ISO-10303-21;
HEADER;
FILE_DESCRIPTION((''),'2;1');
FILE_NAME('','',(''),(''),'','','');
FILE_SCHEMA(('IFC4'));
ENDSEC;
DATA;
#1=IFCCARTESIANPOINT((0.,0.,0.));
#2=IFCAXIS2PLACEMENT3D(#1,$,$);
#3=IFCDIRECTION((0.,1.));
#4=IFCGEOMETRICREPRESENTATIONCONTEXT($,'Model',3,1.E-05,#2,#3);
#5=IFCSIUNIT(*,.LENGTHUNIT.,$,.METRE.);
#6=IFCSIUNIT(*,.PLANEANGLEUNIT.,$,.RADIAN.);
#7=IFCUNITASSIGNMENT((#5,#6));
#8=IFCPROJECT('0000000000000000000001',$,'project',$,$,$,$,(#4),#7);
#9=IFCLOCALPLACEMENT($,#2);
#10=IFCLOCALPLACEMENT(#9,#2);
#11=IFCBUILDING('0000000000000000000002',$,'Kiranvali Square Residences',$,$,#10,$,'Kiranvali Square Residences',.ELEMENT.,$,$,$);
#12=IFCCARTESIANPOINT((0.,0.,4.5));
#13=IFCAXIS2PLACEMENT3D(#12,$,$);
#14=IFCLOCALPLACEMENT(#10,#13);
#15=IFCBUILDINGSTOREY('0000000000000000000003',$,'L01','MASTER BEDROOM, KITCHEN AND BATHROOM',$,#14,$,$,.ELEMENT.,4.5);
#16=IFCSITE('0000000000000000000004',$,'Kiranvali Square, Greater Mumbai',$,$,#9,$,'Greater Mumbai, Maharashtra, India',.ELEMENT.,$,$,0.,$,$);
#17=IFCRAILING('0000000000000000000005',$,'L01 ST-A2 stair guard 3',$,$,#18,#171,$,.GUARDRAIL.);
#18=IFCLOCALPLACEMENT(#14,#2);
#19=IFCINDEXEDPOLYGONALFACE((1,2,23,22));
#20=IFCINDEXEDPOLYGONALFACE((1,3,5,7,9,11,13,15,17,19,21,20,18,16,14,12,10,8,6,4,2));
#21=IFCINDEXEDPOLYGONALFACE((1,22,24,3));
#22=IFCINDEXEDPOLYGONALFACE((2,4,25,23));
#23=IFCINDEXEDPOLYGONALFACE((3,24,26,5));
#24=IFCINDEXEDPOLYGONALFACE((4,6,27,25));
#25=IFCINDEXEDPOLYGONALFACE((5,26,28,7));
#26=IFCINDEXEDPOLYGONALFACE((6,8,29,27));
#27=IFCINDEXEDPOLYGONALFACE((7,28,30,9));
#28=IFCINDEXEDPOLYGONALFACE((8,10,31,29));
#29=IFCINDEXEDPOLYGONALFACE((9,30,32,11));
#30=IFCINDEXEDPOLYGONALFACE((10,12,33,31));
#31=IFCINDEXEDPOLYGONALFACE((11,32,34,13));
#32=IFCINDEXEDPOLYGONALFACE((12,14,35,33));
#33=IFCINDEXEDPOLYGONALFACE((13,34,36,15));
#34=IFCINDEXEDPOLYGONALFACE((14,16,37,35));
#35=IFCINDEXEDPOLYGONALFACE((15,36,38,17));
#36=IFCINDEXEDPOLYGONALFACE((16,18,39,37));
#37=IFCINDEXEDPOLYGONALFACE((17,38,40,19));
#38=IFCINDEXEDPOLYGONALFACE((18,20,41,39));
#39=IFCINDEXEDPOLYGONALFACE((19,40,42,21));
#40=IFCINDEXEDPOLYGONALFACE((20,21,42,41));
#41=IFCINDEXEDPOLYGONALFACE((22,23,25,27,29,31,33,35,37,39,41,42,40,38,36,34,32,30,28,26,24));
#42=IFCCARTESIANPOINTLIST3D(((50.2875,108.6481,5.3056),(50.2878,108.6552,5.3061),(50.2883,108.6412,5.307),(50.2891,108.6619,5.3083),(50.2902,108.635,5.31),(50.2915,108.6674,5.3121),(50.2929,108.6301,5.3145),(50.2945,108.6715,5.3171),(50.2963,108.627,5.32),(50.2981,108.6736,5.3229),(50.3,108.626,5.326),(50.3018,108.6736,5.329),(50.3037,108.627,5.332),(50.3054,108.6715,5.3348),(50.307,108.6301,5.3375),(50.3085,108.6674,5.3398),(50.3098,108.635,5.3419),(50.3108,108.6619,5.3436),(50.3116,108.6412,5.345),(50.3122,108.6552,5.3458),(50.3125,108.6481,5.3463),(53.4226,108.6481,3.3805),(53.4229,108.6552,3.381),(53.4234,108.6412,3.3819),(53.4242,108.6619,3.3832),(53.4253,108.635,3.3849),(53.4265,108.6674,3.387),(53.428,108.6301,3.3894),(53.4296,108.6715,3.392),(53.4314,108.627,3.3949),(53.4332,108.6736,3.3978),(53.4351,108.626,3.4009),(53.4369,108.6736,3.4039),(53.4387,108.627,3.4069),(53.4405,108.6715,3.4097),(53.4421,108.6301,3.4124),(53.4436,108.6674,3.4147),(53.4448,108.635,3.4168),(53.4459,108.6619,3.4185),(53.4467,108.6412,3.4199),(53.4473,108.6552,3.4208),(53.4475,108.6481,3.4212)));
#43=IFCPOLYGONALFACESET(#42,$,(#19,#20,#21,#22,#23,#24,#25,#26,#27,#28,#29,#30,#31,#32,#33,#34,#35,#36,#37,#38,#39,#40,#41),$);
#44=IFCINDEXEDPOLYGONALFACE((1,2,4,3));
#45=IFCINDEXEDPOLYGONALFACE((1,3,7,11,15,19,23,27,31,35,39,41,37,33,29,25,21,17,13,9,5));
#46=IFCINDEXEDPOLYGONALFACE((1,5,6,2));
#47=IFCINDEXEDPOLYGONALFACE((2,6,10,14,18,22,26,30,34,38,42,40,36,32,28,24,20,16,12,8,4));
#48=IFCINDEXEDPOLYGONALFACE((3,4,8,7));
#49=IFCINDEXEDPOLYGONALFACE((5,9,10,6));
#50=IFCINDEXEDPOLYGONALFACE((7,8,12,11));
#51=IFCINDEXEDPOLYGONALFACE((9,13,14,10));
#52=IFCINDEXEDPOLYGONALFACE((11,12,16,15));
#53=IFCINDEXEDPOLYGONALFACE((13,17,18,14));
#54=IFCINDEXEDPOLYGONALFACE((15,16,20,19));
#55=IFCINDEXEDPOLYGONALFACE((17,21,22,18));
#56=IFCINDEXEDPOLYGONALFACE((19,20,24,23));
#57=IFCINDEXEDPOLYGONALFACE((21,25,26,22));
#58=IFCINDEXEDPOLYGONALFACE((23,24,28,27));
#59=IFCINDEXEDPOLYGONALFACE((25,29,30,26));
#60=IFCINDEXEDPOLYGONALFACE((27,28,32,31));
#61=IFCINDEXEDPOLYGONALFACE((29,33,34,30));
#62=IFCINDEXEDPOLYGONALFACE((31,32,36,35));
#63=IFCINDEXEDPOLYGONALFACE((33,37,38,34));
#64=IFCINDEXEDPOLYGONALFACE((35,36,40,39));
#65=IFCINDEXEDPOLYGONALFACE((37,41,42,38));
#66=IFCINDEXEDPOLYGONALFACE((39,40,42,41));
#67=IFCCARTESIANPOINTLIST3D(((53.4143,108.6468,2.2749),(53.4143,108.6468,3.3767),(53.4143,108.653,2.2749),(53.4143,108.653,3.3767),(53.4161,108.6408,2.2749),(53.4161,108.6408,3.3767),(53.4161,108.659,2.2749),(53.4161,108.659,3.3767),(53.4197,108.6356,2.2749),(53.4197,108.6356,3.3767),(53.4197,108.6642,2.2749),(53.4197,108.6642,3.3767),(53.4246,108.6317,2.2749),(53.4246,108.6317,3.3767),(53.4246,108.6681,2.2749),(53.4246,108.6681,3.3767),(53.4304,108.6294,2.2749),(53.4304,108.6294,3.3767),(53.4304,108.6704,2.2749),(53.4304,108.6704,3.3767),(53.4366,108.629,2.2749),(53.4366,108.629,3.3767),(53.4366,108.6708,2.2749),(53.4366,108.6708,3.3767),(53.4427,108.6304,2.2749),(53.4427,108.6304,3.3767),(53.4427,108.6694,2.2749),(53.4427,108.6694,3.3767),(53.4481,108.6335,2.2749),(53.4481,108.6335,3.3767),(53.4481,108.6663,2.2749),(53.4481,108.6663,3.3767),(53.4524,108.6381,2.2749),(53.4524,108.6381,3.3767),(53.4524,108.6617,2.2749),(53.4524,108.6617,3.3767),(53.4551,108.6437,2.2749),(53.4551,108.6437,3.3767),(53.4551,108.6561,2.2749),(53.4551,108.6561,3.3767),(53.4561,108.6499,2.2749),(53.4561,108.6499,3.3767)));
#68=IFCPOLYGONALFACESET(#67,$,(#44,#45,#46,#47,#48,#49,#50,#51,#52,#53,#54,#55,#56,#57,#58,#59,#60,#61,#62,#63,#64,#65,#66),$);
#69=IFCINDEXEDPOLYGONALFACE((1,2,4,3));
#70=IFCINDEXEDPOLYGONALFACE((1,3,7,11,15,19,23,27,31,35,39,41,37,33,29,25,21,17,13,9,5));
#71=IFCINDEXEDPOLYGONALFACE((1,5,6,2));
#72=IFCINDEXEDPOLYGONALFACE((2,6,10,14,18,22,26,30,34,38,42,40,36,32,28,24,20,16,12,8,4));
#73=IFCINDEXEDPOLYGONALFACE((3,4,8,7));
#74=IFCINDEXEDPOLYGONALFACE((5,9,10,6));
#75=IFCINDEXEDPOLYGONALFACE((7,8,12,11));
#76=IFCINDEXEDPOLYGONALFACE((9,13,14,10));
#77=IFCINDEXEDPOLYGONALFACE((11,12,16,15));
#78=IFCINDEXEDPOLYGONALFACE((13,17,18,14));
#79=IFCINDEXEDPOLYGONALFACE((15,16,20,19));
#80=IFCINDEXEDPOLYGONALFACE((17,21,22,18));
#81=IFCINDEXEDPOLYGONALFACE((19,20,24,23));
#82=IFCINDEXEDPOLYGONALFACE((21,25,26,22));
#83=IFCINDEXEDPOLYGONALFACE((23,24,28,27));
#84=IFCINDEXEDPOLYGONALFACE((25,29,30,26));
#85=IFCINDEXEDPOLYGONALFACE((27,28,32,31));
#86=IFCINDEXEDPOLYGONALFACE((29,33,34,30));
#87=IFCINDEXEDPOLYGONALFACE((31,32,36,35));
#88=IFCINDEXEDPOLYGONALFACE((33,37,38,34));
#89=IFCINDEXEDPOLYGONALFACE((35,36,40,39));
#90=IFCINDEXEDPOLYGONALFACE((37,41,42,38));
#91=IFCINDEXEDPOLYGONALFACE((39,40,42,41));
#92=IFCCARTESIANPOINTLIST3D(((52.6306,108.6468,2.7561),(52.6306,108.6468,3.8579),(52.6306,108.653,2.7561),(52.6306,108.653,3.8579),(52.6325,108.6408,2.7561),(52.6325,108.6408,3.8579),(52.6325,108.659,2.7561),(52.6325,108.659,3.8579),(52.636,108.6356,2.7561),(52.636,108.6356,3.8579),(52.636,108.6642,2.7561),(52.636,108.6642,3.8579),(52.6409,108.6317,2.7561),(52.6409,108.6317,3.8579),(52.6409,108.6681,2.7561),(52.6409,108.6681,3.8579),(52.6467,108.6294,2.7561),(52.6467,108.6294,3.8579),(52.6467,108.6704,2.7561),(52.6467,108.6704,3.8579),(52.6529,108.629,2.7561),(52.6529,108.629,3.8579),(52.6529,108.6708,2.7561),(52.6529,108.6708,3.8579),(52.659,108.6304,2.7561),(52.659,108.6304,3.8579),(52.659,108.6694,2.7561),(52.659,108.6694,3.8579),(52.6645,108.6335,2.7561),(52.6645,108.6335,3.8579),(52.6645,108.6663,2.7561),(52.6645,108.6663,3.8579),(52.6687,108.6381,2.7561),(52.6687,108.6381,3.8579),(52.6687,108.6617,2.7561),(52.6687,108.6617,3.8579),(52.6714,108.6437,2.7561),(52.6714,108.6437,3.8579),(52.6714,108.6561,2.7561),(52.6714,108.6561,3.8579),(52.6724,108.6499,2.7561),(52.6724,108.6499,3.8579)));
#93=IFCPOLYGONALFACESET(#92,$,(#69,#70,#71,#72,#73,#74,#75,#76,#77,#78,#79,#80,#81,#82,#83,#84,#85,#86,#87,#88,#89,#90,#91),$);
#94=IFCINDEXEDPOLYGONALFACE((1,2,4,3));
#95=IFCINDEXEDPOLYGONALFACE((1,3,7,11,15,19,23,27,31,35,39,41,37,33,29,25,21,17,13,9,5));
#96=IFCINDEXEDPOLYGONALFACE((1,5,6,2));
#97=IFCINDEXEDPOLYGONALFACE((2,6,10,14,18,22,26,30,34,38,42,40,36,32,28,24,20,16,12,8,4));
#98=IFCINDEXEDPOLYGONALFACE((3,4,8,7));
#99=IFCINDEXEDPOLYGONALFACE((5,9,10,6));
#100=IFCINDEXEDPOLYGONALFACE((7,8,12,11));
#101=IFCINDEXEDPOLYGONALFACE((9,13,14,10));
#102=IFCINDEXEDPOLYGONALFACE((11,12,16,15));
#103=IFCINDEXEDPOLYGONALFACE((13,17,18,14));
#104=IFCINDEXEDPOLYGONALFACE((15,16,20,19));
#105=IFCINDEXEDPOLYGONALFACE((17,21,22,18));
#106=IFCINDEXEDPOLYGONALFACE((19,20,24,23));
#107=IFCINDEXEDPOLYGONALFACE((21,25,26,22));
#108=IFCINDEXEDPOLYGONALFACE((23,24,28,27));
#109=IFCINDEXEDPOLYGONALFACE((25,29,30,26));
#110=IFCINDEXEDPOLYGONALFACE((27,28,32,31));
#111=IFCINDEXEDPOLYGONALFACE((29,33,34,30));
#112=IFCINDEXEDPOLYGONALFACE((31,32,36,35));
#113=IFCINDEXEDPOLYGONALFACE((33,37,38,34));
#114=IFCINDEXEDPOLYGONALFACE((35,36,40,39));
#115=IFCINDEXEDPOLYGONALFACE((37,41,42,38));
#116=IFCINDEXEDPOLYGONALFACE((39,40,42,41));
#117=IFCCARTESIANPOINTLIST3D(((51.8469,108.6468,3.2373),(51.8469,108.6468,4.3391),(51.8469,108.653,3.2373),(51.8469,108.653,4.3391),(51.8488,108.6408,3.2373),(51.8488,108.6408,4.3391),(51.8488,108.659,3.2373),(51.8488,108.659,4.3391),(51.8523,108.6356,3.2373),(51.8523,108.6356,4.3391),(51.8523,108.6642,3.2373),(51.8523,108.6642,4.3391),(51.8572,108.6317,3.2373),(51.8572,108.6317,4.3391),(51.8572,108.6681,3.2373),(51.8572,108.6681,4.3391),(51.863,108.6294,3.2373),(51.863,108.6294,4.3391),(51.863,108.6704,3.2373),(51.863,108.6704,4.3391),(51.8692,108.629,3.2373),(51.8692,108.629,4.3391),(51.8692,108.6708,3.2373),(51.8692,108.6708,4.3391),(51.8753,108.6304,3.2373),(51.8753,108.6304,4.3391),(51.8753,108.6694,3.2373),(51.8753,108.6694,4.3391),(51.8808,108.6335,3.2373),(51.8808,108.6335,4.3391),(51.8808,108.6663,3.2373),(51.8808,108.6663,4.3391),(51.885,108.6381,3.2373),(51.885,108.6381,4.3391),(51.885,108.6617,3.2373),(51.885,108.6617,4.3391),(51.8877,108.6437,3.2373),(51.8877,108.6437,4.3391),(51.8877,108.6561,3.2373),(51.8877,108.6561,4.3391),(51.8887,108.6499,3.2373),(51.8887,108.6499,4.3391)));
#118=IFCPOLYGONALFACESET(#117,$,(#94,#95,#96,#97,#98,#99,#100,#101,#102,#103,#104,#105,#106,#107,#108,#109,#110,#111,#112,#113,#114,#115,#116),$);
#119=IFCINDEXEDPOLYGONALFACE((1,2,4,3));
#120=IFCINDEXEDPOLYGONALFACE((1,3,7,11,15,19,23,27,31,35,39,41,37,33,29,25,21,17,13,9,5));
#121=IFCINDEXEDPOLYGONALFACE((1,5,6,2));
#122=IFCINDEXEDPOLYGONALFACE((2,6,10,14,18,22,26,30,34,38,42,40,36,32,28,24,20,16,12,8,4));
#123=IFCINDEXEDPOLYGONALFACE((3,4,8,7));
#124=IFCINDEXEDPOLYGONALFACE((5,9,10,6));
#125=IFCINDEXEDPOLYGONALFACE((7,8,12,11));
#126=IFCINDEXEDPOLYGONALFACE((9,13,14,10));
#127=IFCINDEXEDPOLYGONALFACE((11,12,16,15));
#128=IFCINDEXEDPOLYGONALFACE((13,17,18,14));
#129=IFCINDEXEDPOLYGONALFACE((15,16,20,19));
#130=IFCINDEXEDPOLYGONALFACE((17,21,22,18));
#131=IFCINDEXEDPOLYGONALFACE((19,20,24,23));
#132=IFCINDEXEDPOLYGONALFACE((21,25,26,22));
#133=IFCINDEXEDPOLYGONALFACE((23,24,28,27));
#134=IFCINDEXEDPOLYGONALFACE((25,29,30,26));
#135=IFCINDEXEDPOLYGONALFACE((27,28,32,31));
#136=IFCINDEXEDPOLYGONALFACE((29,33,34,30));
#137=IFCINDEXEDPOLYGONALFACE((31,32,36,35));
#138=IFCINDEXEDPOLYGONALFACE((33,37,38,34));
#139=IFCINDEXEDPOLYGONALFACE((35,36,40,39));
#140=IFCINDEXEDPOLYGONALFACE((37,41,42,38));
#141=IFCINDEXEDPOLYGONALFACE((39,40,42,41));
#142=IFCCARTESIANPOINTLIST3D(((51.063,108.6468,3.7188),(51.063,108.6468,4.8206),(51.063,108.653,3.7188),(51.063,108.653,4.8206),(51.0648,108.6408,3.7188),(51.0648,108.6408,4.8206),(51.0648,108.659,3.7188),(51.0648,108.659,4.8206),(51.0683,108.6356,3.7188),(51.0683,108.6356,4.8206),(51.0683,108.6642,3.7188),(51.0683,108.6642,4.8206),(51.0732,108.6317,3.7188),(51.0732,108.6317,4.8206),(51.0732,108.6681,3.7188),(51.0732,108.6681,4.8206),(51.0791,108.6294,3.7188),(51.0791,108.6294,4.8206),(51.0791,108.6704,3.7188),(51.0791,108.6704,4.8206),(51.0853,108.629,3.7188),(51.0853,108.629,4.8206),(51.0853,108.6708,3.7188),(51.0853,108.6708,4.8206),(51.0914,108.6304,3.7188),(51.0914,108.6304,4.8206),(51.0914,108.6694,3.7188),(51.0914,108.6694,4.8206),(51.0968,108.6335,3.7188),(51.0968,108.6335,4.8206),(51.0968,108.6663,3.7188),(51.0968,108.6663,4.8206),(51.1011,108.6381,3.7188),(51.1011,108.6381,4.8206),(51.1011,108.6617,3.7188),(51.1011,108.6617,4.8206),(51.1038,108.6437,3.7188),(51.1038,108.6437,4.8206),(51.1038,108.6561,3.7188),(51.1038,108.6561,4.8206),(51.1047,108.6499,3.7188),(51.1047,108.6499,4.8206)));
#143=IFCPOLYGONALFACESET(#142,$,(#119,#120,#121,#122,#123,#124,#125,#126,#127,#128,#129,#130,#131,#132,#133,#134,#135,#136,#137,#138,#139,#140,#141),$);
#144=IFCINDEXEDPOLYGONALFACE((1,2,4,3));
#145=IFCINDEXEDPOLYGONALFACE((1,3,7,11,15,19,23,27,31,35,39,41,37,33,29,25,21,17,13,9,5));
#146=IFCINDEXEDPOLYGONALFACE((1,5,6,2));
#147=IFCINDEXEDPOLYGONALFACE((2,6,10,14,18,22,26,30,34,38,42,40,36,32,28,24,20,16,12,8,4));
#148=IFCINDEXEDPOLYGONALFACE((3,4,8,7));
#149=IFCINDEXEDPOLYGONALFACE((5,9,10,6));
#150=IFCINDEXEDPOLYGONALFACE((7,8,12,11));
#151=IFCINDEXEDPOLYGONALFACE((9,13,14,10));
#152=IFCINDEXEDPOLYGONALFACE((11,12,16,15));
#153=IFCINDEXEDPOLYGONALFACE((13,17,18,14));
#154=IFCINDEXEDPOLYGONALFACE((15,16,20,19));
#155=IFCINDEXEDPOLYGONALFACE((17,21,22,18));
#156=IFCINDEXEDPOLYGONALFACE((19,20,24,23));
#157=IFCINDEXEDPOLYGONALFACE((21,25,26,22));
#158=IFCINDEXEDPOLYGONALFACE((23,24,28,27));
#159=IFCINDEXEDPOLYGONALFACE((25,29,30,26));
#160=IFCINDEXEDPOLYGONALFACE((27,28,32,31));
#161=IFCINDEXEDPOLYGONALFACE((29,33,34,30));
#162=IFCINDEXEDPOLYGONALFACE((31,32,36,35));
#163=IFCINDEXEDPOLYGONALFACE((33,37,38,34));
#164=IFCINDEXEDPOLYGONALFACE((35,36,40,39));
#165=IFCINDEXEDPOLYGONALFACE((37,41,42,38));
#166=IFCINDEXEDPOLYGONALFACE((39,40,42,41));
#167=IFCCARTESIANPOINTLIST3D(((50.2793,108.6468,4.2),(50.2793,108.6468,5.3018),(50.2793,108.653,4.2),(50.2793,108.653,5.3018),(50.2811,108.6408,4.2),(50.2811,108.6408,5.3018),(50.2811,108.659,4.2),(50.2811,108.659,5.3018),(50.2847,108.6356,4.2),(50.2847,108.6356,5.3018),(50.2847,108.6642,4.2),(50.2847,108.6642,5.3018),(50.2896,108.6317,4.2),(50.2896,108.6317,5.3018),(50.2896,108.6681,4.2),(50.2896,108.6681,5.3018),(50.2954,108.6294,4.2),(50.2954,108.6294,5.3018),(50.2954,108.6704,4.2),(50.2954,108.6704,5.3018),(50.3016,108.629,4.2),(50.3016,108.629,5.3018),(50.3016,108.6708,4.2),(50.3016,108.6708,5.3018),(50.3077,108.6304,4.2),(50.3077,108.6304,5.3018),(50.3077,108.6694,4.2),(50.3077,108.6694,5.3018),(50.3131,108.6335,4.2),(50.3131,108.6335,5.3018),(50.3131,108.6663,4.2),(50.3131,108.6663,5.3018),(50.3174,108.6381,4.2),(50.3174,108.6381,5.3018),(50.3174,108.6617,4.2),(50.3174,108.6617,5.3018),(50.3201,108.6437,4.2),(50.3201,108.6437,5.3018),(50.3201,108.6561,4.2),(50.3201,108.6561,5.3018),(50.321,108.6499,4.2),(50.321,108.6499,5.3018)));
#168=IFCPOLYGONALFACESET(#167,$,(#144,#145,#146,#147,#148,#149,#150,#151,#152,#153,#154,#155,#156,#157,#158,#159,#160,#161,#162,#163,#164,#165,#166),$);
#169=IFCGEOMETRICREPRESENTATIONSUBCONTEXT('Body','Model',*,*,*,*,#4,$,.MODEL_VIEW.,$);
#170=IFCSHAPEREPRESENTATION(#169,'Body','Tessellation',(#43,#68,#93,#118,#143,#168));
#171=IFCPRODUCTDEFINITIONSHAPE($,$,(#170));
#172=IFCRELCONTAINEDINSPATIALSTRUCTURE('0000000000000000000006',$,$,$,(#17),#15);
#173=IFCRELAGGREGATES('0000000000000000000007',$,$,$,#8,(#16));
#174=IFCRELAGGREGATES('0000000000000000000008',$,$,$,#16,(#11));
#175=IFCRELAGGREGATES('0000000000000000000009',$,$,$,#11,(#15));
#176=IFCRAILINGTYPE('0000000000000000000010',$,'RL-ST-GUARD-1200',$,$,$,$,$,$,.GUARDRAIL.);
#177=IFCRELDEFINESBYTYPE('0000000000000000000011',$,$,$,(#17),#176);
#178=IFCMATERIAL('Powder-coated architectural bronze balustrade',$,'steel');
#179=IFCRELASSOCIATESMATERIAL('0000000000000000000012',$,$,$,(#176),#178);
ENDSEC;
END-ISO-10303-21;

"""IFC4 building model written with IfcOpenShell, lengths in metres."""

from ifc_helpers import new_model, si_unit, direction, frame, origin, origin_2d, place, context, subcontext, project, spatial, circle, extrude, material, type_object, element, save


model = new_model("IFC4")

# Units and contexts
model_context = context("Model", 3, precision=1e-05, world=origin(), true_north=direction((0.0, 1.0)))
body_context = subcontext(model_context, "Body", "Model", "MODEL_VIEW")
ifc_project = project(units=[si_unit("LENGTHUNIT", "METRE"), si_unit("PLANEANGLEUNIT", "RADIAN")], contexts=[model_context])

# Site, building, storey
site_placement = place(None, origin())
site = spatial("IfcSite", under=ifc_project, at=site_placement, Name="Kiranvali Square, Greater Mumbai", LongName="Greater Mumbai, Maharashtra, India", CompositionType="ELEMENT", RefElevation=0.0)
building_placement = place(site_placement, origin())
building = spatial("IfcBuilding", under=site, at=building_placement, Name="Kiranvali Square Residences", LongName="Kiranvali Square Residences", CompositionType="ELEMENT")
storey_placement = place(building_placement, frame((0.0, 0.0, 4.5)))
storey = spatial("IfcBuildingStorey", under=building, at=storey_placement, Name="L01", Description="MASTER BEDROOM, KITCHEN AND BATHROOM", CompositionType="ELEMENT", Elevation=4.5)

# Railing
ifc_material_1 = material(Name="Powder-coated architectural bronze balustrade", Category="steel")
railing_type_1 = type_object("IfcRailingType", Name="RL-ST-GUARD-1200", PredefinedType="GUARDRAIL", material=ifc_material_1)
railing_1_placement = place(storey_placement, frame((53.4351, 108.6499, 2.2749)))
element("IfcRailing", 1, at=railing_1_placement, inside=storey, type_object=railing_type_1, Name="L01 ST-A2 stair guard 3", PredefinedType="GUARDRAIL", context=body_context, shape_type="SweptSolid", body=[
    extrude(circle(Radius=0.0239, at=origin_2d()), frame((0.0, 0.0, 1.126), z_axis=(-0.852166, 0.0, 0.523271), x_axis=(0.0, -1.0, 0.0)), (0.0, 0.0, 1.0), 3.679),
    extrude(circle(Radius=0.021, at=origin_2d()), origin(), (0.0, 0.0, 1.0), 1.1018),
    extrude(circle(Radius=0.021, at=origin_2d()), frame((-0.7837, 0.0, 0.4812)), (0.0, 0.0, 1.0), 1.1018),
    extrude(circle(Radius=0.021, at=origin_2d()), frame((-1.5674, 0.0, 0.9624)), (0.0, 0.0, 1.0), 1.1018),
    extrude(circle(Radius=0.021, at=origin_2d()), frame((-2.3513, 0.0, 1.4438)), (0.0, 0.0, 1.0), 1.1018),
    extrude(circle(Radius=0.021, at=origin_2d()), frame((-3.135, 0.0, 1.925)), (0.0, 0.0, 1.0), 1.1018),
])

save(model, "model.ifc")
